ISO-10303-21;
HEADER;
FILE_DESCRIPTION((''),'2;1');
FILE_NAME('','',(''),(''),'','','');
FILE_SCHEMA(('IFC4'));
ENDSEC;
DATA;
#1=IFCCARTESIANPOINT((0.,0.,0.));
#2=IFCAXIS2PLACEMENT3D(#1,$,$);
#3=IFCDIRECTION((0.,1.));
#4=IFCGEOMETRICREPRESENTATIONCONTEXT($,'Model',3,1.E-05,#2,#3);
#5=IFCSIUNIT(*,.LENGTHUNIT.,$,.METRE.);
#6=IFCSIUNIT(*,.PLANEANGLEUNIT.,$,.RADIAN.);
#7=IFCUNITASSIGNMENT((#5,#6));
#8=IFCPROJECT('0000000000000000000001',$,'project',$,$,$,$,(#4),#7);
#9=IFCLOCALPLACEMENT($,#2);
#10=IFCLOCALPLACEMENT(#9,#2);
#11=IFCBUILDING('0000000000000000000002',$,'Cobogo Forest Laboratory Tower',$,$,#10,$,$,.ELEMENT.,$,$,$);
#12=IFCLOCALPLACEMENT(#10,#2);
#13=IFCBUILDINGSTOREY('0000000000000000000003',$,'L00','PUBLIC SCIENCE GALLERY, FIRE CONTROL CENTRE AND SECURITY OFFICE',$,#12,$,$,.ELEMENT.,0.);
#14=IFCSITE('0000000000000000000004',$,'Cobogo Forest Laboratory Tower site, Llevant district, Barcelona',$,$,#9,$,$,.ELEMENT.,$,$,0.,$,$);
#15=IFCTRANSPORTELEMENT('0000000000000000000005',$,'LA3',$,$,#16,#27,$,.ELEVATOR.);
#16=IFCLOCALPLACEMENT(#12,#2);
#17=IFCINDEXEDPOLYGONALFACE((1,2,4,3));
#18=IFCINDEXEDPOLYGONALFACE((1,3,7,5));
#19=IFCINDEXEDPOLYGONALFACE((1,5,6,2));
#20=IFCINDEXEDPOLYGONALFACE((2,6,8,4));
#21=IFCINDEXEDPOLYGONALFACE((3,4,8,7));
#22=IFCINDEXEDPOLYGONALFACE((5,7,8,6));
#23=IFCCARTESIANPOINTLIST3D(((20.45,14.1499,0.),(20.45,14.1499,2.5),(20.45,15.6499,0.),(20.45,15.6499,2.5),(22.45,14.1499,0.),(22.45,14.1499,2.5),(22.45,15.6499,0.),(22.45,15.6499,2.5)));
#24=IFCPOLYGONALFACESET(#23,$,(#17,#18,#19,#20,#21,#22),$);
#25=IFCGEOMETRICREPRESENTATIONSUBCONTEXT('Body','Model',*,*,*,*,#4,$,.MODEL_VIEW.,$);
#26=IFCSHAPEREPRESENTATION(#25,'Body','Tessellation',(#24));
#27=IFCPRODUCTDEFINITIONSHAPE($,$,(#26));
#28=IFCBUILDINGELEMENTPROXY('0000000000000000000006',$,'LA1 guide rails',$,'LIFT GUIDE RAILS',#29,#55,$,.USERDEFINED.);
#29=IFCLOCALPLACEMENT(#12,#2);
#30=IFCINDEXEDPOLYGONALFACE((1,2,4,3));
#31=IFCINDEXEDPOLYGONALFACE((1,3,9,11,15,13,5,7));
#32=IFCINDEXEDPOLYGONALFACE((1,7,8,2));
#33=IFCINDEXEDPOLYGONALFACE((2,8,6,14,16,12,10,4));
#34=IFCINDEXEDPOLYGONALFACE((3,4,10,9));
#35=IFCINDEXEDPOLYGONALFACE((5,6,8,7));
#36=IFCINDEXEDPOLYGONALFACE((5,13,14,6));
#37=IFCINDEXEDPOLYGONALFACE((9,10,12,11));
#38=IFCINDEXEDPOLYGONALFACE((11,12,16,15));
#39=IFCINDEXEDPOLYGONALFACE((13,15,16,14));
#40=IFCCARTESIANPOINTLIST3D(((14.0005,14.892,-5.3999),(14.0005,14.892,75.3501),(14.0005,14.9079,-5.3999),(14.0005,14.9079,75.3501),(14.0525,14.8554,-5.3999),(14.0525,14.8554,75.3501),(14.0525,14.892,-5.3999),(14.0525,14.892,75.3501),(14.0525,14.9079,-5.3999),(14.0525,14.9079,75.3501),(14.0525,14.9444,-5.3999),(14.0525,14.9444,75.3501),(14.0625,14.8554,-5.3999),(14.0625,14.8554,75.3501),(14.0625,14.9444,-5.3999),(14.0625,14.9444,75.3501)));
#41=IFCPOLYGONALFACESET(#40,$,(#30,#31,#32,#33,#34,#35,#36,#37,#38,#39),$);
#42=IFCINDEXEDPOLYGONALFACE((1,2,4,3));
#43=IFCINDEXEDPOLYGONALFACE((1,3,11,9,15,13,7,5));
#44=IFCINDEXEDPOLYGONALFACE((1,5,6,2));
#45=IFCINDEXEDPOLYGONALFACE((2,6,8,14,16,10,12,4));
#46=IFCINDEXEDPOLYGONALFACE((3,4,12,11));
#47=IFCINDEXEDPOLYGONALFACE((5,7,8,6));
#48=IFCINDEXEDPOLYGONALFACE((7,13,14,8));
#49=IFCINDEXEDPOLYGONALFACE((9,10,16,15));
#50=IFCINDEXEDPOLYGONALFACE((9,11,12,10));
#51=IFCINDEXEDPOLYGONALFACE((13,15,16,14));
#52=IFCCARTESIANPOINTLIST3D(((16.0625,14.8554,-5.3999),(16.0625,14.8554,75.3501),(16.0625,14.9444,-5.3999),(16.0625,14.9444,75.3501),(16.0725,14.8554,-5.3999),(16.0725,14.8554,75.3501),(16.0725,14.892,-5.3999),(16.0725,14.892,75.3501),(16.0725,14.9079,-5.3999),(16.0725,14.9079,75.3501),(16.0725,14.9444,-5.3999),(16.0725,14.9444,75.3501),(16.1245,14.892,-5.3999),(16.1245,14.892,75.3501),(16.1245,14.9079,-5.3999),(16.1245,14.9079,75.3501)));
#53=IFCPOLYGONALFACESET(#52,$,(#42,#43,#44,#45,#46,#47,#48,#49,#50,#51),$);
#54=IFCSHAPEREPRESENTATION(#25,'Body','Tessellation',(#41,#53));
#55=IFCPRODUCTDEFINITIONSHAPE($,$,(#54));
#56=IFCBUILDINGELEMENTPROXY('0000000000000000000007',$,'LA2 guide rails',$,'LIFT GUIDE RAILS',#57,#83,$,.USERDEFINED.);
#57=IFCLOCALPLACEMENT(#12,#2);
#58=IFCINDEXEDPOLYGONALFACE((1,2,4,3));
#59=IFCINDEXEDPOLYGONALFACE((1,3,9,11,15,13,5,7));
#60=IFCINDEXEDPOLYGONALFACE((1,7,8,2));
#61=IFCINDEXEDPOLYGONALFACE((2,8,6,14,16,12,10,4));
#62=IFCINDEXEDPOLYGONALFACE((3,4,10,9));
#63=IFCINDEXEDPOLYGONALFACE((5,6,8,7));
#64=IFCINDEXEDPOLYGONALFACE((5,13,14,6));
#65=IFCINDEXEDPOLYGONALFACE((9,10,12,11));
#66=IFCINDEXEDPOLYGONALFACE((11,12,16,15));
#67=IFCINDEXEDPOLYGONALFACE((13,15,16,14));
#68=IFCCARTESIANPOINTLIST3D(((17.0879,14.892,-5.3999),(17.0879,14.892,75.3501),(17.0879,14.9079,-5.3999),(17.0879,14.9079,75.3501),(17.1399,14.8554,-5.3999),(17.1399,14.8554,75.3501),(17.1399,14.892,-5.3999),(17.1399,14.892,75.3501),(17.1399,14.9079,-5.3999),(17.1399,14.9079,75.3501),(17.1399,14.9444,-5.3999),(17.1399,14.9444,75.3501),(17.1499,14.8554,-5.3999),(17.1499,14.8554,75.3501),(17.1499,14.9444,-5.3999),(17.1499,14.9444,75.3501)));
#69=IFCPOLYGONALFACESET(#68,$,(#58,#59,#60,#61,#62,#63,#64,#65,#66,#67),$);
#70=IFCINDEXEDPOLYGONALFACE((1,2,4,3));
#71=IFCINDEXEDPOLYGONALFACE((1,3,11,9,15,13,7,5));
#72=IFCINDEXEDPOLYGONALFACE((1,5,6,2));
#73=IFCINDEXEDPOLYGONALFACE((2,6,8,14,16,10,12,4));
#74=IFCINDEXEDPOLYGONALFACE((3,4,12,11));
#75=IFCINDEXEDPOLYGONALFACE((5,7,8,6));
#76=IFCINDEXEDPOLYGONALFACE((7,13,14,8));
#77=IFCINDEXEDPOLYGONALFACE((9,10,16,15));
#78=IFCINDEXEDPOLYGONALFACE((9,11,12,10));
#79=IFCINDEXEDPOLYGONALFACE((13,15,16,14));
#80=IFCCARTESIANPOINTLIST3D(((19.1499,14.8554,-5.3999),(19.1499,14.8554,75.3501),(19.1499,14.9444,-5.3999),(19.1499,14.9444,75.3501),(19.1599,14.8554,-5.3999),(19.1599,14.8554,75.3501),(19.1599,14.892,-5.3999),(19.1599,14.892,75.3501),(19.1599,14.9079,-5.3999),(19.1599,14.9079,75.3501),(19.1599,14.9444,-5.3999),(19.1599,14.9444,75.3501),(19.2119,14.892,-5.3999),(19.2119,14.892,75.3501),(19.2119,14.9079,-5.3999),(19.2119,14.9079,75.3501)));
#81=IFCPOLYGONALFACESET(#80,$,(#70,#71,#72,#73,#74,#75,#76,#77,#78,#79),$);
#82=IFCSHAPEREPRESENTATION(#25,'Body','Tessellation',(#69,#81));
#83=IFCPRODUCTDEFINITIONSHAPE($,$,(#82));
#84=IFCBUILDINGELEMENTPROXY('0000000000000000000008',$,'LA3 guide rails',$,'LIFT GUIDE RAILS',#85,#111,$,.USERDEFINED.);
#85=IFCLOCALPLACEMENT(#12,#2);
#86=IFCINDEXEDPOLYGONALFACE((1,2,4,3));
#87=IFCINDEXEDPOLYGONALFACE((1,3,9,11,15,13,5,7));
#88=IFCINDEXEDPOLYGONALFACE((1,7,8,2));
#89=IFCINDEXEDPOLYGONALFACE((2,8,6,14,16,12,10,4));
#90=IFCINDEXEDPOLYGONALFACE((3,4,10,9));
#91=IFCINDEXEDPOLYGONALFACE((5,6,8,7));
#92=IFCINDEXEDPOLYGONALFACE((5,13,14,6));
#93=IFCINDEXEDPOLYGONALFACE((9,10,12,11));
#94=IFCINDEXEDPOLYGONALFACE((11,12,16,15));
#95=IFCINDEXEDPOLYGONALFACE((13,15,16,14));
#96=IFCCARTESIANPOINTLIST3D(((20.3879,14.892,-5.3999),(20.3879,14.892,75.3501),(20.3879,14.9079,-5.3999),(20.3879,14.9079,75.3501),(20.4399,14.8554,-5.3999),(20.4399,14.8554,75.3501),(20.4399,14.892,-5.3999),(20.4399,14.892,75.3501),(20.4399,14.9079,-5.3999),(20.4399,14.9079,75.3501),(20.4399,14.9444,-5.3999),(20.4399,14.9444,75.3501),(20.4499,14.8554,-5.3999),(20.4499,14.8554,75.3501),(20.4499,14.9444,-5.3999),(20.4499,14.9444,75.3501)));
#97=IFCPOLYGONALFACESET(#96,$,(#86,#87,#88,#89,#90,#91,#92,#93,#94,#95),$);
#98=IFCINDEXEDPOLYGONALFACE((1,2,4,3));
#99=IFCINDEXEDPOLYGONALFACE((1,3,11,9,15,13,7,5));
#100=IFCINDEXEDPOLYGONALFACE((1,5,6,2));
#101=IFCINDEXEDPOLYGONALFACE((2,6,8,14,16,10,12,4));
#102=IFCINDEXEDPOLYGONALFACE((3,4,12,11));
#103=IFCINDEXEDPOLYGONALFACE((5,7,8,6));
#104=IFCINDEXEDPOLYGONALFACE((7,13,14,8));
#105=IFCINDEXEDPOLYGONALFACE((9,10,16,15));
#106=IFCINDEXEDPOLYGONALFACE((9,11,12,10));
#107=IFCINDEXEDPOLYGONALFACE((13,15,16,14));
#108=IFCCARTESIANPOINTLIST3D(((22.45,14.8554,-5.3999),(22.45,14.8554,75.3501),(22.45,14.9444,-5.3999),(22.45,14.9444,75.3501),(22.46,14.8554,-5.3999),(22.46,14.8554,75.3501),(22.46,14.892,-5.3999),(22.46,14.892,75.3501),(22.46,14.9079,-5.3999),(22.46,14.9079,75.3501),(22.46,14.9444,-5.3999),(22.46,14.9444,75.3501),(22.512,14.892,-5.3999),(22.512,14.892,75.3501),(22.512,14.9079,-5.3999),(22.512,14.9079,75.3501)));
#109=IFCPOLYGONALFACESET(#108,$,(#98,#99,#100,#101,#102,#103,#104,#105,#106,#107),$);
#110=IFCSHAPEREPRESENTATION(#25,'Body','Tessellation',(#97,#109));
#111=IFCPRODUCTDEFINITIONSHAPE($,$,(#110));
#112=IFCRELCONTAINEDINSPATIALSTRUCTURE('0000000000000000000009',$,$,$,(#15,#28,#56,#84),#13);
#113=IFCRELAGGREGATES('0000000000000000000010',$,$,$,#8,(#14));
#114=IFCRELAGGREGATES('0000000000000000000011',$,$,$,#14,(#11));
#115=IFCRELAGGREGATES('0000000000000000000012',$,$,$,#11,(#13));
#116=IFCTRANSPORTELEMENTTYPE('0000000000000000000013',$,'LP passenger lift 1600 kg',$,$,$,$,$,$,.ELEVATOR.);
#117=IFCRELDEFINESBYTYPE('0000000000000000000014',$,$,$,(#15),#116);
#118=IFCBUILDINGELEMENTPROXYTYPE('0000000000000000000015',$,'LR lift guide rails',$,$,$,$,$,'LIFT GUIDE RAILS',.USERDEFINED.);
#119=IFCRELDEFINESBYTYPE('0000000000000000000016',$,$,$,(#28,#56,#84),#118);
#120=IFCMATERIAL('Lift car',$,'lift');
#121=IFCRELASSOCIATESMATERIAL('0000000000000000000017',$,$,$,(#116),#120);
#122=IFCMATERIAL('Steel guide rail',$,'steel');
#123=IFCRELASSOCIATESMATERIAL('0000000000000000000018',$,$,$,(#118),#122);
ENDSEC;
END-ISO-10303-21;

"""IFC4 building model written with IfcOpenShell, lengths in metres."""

from ifc_helpers import new_model, si_unit, direction, frame, origin, origin_2d, place, context, subcontext, project, spatial, rectangle, t_section, extrude, material, type_object, element, save


model = new_model("IFC4")

# Units and contexts
model_context = context("Model", 3, precision=1e-05, world=origin(), true_north=direction((0.0, 1.0)))
body_context = subcontext(model_context, "Body", "Model", "MODEL_VIEW")
ifc_project = project(units=[si_unit("LENGTHUNIT", "METRE"), si_unit("PLANEANGLEUNIT", "RADIAN")], contexts=[model_context])

# Site, building, storey
site_placement = place(None, origin())
site = spatial("IfcSite", under=ifc_project, at=site_placement, Name="Cobogo Forest Laboratory Tower site, Llevant district, Barcelona", CompositionType="ELEMENT", RefElevation=0.0)
building_placement = place(site_placement, origin())
building = spatial("IfcBuilding", under=site, at=building_placement, Name="Cobogo Forest Laboratory Tower", CompositionType="ELEMENT")
storey_placement = place(building_placement, origin())
storey = spatial("IfcBuildingStorey", under=building, at=storey_placement, Name="L00", Description="PUBLIC SCIENCE GALLERY, FIRE CONTROL CENTRE AND SECURITY OFFICE", CompositionType="ELEMENT", Elevation=0.0)

# Transport element
ifc_material_1 = material(Name="Lift car", Category="lift")
transport_element_type = type_object("IfcTransportElementType", Name="LP passenger lift 1600 kg", PredefinedType="ELEVATOR", material=ifc_material_1)
for number, where, z_axis, x_axis, name in (
    (1, (21.45, 14.8999, 0.0), (0.0, 0.0, 1.0), (1.0, 0.0, 0.0), "LA3"),
):
    element("IfcTransportElement", number, at=place(storey_placement, frame(where, z_axis=z_axis, x_axis=x_axis)), inside=storey, type_object=transport_element_type, Name=name, PredefinedType="ELEVATOR", context=body_context, shape_type="SweptSolid", body=[
        extrude(rectangle(XDim=2.0, YDim=1.5, at=origin_2d()), origin(), (0.0, 0.0, 1.0), 2.5),
    ])

# Building element proxies
ifc_material_2 = material(Name="Steel guide rail", Category="steel")
building_element_proxy_type = type_object("IfcBuildingElementProxyType", Name="LR lift guide rails", ElementType="LIFT GUIDE RAILS", PredefinedType="USERDEFINED", material=ifc_material_2)
for number, where, name in (
    (2, (15.0625, 14.8999, 0.0), "LA1 guide rails"),
    (3, (18.1499, 14.8999, 0.0), "LA2 guide rails"),
    (4, (21.45, 14.8999, 0.0), "LA3 guide rails"),
):
    element("IfcBuildingElementProxy", number, at=place(storey_placement, frame(where)), inside=storey, type_object=building_element_proxy_type, Name=name, ObjectType="LIFT GUIDE RAILS", PredefinedType="USERDEFINED", context=body_context, shape_type="SweptSolid", body=[
        extrude(t_section(Depth=0.062, FlangeWidth=0.089, WebThickness=0.0159, FlangeThickness=0.01, at=origin_2d()), frame((-1.031, 0.0, -5.3999), z_axis=(0.0, 0.0, 1.0), x_axis=(0.0, -1.0, 0.0)), (0.0, 0.0, 1.0), 80.75),
        extrude(t_section(Depth=0.062, FlangeWidth=0.089, WebThickness=0.0159, FlangeThickness=0.01, at=origin_2d()), frame((1.031, 0.0, -5.3999), z_axis=(0.0, 0.0, 1.0), x_axis=(0.0, 1.0, 0.0)), (0.0, 0.0, 1.0), 80.75),
    ])

save(model, "model.ifc")
